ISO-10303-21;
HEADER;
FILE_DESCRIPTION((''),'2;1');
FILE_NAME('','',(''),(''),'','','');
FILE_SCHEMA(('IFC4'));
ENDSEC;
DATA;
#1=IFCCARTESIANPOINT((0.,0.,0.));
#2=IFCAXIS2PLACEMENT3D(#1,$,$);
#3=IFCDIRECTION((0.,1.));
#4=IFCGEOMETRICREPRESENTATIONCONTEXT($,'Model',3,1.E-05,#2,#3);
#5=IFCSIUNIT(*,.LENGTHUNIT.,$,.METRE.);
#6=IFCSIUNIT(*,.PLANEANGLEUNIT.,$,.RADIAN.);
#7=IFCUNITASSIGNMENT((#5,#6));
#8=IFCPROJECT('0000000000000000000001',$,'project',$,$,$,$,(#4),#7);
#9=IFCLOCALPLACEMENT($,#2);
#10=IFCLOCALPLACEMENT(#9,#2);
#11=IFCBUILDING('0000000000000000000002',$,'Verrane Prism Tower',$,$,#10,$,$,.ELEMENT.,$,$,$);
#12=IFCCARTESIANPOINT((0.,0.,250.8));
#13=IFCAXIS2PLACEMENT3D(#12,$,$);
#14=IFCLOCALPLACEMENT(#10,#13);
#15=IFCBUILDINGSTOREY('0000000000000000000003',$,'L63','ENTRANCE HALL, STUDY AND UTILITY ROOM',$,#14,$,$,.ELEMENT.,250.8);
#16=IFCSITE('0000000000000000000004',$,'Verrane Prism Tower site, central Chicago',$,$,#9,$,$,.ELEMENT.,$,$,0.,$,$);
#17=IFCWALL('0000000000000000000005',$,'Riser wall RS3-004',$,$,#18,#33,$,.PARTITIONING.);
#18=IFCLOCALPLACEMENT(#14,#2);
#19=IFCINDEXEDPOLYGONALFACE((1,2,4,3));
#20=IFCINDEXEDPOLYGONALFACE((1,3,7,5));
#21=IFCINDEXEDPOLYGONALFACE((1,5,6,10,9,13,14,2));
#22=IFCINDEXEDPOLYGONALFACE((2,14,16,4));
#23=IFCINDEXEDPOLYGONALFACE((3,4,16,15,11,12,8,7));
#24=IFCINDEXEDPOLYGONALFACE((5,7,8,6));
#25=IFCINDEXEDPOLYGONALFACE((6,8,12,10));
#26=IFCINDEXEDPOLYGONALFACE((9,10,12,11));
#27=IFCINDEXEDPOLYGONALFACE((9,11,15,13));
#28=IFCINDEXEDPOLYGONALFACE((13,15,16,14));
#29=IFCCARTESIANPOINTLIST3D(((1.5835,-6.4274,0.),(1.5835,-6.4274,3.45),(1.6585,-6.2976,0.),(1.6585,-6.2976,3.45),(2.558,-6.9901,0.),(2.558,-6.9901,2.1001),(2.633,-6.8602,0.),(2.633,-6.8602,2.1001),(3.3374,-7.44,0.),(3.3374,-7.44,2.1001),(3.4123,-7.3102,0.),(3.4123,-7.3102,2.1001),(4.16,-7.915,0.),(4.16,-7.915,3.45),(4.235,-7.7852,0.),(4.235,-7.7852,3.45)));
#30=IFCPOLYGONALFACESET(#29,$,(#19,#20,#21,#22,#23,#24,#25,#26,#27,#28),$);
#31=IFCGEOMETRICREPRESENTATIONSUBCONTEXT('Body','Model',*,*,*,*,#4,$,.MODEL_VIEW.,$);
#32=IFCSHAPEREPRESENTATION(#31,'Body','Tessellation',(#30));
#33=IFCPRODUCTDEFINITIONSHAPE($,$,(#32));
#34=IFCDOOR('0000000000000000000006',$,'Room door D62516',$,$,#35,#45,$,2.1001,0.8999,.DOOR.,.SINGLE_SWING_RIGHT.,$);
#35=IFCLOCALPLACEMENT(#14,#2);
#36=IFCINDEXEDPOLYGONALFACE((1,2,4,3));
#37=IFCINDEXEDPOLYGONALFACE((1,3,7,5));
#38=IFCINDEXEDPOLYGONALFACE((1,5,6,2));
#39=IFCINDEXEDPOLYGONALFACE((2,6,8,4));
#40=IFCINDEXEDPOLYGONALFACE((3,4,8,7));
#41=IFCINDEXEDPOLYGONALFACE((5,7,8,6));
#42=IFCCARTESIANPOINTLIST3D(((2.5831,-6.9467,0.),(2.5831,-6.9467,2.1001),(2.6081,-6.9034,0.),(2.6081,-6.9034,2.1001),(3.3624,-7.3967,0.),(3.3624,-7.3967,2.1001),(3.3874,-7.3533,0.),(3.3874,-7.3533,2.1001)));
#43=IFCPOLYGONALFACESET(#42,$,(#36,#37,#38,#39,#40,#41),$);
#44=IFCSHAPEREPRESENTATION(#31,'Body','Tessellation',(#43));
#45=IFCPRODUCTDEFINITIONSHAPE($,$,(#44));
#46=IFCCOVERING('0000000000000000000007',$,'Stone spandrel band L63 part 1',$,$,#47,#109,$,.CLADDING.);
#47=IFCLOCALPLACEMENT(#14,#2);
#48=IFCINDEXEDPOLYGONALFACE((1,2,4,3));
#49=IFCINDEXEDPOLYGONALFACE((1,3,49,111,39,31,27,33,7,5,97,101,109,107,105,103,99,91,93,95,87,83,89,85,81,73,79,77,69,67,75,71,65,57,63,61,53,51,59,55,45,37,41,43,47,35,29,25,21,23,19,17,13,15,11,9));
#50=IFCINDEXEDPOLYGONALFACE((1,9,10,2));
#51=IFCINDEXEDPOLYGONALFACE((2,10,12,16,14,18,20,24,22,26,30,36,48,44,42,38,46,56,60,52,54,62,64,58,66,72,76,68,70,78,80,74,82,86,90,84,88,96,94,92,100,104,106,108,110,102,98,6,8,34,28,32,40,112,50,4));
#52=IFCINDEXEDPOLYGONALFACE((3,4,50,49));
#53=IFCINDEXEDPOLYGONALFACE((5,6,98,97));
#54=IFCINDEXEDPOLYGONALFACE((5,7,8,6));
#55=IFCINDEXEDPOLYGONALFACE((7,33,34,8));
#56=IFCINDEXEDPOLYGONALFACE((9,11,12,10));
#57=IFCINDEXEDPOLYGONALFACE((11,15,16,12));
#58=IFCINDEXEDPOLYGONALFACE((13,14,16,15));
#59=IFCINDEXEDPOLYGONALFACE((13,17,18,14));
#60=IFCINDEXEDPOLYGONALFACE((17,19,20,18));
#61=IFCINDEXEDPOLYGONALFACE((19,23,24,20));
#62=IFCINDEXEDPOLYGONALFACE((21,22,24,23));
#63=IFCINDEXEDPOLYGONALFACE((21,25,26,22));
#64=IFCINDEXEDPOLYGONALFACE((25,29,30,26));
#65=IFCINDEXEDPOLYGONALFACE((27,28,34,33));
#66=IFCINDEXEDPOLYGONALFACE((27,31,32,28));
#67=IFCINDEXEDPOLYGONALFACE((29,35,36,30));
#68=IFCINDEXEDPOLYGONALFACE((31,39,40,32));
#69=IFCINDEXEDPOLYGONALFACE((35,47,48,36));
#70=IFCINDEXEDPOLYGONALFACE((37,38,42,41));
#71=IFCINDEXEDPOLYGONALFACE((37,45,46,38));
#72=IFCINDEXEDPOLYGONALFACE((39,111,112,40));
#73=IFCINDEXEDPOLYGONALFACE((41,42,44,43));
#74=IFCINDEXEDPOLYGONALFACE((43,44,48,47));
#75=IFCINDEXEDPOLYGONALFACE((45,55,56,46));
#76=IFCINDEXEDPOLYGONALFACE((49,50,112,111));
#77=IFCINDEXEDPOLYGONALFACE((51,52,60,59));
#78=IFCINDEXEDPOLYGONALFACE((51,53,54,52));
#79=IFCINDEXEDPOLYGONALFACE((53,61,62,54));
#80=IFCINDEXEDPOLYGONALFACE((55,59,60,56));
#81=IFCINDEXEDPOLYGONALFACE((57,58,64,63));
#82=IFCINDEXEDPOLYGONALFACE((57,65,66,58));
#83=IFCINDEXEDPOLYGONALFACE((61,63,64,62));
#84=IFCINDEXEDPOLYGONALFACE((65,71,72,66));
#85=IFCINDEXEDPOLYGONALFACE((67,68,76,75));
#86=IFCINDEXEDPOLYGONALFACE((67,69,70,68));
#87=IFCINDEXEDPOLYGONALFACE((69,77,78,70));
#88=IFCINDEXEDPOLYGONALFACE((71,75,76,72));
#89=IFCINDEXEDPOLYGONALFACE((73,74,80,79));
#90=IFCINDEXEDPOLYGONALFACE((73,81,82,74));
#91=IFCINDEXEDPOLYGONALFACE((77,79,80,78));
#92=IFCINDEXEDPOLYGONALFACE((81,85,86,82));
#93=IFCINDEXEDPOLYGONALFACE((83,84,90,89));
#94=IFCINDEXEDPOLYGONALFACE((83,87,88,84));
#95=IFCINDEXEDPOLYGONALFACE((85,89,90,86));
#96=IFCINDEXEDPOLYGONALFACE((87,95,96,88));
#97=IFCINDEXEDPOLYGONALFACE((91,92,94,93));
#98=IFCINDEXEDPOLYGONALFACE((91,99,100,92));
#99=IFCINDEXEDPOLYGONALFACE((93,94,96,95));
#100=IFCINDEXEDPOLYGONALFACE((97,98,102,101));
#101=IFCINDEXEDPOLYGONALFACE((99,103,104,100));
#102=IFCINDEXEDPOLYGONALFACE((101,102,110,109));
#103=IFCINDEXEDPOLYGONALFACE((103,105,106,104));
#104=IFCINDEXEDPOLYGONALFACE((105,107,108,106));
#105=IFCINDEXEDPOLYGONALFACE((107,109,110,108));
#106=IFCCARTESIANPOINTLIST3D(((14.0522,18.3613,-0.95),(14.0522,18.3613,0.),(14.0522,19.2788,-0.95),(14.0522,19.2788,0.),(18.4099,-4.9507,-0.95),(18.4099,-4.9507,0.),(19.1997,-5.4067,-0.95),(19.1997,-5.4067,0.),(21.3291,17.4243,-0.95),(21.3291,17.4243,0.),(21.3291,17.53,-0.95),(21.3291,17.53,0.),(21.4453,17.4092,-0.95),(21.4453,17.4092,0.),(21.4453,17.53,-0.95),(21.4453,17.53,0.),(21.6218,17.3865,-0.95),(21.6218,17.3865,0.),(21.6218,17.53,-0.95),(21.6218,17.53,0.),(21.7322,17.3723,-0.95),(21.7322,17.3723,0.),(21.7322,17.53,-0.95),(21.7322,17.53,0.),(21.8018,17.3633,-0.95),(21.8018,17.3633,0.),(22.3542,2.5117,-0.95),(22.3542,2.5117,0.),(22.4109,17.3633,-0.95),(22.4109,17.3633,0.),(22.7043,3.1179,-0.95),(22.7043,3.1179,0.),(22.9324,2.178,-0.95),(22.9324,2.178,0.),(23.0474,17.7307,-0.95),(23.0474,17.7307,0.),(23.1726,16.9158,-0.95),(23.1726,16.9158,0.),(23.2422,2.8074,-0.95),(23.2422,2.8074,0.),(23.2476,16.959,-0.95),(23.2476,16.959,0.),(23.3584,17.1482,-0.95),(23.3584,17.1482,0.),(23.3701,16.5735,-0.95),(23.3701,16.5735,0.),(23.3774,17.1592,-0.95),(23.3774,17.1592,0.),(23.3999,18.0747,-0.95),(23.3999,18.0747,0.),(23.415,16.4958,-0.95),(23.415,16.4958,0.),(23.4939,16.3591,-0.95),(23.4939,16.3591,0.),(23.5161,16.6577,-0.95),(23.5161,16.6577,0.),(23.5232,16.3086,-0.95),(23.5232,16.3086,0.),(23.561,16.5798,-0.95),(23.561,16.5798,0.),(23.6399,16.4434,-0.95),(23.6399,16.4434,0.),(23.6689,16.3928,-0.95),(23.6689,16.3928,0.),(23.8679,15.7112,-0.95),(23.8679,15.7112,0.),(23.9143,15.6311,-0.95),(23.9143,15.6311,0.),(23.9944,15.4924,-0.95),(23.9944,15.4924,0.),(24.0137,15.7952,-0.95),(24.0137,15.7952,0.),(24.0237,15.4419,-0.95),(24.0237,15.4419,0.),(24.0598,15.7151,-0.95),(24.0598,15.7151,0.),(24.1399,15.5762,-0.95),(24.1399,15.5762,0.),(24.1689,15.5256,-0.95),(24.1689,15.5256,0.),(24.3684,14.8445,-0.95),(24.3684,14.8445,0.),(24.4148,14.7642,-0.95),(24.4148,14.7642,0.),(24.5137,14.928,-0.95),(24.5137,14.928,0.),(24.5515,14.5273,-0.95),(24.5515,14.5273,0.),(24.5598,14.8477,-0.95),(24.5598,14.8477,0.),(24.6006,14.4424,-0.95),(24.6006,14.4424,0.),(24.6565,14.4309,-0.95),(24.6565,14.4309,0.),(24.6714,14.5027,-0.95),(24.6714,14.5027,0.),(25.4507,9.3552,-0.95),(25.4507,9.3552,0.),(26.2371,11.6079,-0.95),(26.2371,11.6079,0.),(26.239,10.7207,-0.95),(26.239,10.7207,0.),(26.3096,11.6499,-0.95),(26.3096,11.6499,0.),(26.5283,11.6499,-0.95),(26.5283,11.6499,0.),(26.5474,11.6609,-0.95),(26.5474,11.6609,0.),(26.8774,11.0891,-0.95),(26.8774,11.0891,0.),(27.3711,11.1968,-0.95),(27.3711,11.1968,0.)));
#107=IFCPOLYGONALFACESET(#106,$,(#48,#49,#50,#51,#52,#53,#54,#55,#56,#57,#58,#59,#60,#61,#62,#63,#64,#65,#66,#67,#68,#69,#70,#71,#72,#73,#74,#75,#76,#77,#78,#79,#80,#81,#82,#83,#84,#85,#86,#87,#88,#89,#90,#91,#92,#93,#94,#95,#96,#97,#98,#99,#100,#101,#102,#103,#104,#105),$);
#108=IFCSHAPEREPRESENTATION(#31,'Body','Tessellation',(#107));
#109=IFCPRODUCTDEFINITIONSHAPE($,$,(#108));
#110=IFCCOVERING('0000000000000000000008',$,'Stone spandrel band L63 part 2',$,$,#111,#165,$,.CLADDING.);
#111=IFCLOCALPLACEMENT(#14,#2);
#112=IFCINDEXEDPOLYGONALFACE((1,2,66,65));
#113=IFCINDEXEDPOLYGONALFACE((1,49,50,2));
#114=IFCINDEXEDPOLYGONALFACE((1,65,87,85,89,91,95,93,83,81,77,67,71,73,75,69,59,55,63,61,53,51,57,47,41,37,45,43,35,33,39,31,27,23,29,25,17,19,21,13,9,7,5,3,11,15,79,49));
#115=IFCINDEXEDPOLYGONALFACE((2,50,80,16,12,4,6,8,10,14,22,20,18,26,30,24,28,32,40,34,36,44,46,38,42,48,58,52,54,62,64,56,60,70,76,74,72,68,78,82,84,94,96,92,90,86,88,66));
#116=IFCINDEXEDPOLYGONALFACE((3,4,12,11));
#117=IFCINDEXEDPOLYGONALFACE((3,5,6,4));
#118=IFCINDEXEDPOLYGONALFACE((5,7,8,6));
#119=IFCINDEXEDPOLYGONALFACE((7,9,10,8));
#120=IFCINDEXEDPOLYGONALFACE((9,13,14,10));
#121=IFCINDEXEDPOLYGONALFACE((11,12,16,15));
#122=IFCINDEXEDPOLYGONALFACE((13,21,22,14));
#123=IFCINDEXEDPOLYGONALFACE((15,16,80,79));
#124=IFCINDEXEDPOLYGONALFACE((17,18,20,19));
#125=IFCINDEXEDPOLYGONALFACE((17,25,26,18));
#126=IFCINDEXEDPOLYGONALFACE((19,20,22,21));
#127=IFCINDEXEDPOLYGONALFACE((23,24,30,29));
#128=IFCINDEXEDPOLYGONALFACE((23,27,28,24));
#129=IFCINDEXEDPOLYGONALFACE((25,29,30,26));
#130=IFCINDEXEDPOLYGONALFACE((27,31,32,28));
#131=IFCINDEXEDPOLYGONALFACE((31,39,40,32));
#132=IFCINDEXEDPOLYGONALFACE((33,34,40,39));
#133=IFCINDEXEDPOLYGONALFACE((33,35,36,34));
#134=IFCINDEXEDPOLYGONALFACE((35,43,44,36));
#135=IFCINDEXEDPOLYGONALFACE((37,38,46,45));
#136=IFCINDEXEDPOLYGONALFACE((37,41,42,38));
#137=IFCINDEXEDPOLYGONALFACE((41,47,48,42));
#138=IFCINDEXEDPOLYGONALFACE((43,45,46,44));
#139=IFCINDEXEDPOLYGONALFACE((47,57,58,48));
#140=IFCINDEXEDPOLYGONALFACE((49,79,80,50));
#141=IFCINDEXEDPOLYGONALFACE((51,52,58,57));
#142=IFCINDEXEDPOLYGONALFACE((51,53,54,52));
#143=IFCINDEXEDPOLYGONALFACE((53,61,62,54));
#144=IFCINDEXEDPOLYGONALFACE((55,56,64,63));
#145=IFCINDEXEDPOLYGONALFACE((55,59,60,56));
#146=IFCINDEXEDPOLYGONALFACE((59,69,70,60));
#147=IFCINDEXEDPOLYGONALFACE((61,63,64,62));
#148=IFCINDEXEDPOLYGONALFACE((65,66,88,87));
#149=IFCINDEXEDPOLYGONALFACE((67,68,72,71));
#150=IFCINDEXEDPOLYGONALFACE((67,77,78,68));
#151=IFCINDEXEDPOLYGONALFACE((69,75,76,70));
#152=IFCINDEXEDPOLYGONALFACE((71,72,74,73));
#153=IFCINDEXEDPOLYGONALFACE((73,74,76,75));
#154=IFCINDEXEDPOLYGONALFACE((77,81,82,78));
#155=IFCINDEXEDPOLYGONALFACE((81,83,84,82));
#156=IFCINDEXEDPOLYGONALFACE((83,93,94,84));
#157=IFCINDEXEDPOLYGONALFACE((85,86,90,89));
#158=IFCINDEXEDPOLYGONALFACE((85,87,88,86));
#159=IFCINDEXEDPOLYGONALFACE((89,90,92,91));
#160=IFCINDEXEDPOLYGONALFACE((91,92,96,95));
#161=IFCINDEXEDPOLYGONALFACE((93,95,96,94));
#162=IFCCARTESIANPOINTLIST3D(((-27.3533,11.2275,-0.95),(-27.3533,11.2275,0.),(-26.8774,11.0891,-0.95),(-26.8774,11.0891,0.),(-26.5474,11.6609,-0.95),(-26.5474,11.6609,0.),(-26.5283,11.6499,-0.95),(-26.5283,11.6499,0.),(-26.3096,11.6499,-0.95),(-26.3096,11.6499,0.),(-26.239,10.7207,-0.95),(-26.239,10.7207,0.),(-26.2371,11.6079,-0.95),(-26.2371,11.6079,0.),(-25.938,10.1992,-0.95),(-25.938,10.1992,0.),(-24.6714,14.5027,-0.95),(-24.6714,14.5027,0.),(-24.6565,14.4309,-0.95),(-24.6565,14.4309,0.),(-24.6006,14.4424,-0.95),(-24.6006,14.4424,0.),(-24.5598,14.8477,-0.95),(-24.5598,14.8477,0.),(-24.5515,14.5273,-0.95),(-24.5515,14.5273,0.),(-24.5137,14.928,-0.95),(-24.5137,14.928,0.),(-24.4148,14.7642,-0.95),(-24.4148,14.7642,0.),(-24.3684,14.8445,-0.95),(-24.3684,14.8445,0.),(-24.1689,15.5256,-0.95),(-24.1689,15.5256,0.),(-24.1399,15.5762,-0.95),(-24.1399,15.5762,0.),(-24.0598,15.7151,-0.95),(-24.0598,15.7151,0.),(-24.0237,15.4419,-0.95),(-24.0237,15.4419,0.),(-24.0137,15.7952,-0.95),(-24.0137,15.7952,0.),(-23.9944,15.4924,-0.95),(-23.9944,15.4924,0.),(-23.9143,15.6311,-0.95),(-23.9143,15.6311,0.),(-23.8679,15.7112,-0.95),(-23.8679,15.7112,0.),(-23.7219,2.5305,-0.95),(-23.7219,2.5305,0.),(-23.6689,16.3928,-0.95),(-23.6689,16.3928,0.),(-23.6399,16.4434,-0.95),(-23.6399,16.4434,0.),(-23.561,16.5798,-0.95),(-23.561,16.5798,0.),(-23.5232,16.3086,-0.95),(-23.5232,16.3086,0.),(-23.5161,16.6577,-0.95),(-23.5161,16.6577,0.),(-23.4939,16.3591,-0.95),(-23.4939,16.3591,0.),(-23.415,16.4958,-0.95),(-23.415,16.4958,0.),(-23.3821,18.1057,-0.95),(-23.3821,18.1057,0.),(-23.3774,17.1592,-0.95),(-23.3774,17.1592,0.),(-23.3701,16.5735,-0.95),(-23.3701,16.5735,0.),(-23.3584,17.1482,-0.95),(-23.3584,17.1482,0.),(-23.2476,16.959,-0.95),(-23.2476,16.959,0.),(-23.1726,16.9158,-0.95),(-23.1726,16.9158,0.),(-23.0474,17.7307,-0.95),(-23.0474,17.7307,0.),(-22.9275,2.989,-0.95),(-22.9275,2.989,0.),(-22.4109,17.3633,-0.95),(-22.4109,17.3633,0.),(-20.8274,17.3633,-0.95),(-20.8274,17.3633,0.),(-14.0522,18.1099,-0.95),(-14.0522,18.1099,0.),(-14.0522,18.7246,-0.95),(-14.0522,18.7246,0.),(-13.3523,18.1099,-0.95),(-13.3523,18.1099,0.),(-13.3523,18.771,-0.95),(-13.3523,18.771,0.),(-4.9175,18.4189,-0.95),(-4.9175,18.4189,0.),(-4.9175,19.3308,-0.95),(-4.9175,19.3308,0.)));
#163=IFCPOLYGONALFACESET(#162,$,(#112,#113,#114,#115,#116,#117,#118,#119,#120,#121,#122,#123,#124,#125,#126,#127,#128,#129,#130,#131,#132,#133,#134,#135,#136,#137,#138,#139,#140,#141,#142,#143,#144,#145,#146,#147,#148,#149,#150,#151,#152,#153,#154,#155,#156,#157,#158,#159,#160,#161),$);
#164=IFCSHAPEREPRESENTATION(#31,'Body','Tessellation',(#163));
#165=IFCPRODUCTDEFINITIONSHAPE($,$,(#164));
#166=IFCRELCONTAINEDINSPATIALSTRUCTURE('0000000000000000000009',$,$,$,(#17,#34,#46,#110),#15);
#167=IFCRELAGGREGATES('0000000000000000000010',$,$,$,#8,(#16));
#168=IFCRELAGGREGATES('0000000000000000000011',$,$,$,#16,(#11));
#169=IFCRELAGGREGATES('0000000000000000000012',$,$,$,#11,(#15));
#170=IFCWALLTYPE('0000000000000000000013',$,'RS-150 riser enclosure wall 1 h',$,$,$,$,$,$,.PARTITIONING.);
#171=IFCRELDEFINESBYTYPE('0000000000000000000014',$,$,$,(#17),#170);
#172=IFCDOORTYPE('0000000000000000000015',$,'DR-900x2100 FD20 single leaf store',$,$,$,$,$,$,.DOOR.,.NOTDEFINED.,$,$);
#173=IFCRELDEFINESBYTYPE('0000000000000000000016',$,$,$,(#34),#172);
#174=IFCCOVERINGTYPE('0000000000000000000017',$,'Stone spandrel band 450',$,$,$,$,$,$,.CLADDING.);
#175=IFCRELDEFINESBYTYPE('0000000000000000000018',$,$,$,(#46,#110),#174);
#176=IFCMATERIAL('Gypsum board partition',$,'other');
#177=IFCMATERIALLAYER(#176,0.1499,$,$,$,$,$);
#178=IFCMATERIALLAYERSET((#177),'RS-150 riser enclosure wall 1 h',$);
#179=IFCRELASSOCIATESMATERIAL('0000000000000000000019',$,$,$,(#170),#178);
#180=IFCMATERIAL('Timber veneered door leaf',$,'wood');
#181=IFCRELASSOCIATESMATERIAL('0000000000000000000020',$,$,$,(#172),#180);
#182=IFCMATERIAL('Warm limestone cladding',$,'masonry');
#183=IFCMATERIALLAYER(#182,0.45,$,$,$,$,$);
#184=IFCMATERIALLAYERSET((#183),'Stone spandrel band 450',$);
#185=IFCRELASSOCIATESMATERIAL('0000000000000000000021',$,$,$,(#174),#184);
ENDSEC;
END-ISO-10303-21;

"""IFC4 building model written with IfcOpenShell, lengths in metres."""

from ifc_helpers import new_model, si_unit, direction, frame, frame_2d, origin, place, context, subcontext, project, spatial, polyline, rectangle, outline, extrude, material, layer, layer_set, type_object, element, fill, save


model = new_model("IFC4")

# Units and contexts
model_context = context("Model", 3, precision=1e-05, world=origin(), true_north=direction((0.0, 1.0)))
body_context = subcontext(model_context, "Body", "Model", "MODEL_VIEW")
ifc_project = project(units=[si_unit("LENGTHUNIT", "METRE"), si_unit("PLANEANGLEUNIT", "RADIAN")], contexts=[model_context])

# Site, building, storey
site_placement = place(None, origin())
site = spatial("IfcSite", under=ifc_project, at=site_placement, Name="Verrane Prism Tower site, central Chicago", CompositionType="ELEMENT", RefElevation=0.0)
building_placement = place(site_placement, origin())
building = spatial("IfcBuilding", under=site, at=building_placement, Name="Verrane Prism Tower", CompositionType="ELEMENT")
storey_placement = place(building_placement, frame((0.0, 0.0, 250.8)))
storey = spatial("IfcBuildingStorey", under=building, at=storey_placement, Name="L63", Description="ENTRANCE HALL, STUDY AND UTILITY ROOM", CompositionType="ELEMENT", Elevation=250.8)

# Shared definitions
ifc_material_1 = material(Name="Gypsum board partition", Category="other")
ifc_layer_1 = layer(ifc_material_1, 0.1499)
ifc_layer_set_1 = layer_set([ifc_layer_1], Name="RS-150 riser enclosure wall 1 h")
wall_type_1 = type_object("IfcWallType", Name="RS-150 riser enclosure wall 1 h", PredefinedType="PARTITIONING", material=ifc_layer_set_1)

# Wall, opening, door
wall_1_placement = place(storey_placement, frame((4.1975, -7.8501, 0.0), z_axis=(0.0, 0.0, 1.0), x_axis=(-0.866017, 0.500014, 0.0)))
wall_1 = element("IfcWall", 1, at=wall_1_placement, inside=storey, type_object=wall_type_1, Name="Riser wall RS3-004", PredefinedType="PARTITIONING", context=body_context, shape_type="SweptSolid", body=[
    extrude(rectangle(XDim=2.9751, YDim=0.1499, at=frame_2d((1.4875, 0.0))), origin(), (0.0, 0.0, 1.0), 3.45),
])
opening_1_placement = place(wall_1_placement, frame((0.95, 0.0, 0.0)))
opening_1 = element("IfcOpeningElement", 2, at=opening_1_placement, cuts=wall_1, PredefinedType="OPENING", context=body_context, shape_type="SweptSolid", body=[
    extrude(rectangle(XDim=0.8999, YDim=2.1001, at=frame_2d((0.45, 1.05))), frame((0.0, 0.085, 0.0), z_axis=(0.0, -1.0, 0.0), x_axis=(1.0, 0.0, 0.0)), (0.0, 0.0, 1.0), 0.1699),
])
ifc_material_2 = material(Name="Timber veneered door leaf", Category="wood")
door_type_1 = type_object("IfcDoorType", Name="DR-900x2100 FD20 single leaf store", OperationType="NOTDEFINED", PredefinedType="DOOR", material=ifc_material_2)
door_1_placement = place(opening_1_placement, origin())
door_1 = element("IfcDoor", 3, at=door_1_placement, inside=storey, type_object=door_type_1, Name="Room door D62516", OperationType="SINGLE_SWING_RIGHT", OverallHeight=2.1001, OverallWidth=0.8999, PredefinedType="DOOR", context=body_context, shape_type="SweptSolid", body=[
    extrude(rectangle(XDim=0.8999, YDim=2.1001, at=frame_2d((0.45, 1.05))), frame((0.0, 0.0249, 0.0), z_axis=(0.0, -1.0, 0.0), x_axis=(1.0, 0.0, 0.0)), (0.0, 0.0, 1.0), 0.05),
])
fill(opening_1, door_1)

# Coverings
ifc_material_3 = material(Name="Warm limestone cladding", Category="masonry")
ifc_layer_2 = layer(ifc_material_3, 0.45)
ifc_layer_set_2 = layer_set([ifc_layer_2], Name="Stone spandrel band 450")
covering_type = type_object("IfcCoveringType", Name="Stone spandrel band 450", PredefinedType="CLADDING", material=ifc_layer_set_2)
covering_1_placement = place(storey_placement, frame((0.0, 0.0, -0.95)))
element("IfcCovering", 4, at=covering_1_placement, inside=storey, type_object=covering_type, Name="Stone spandrel band L63 part 1", PredefinedType="CLADDING", context=body_context, shape_type="SweptSolid", body=[
    extrude(outline(polyline([(14.0522, 18.3613), (21.3291, 17.4243), (21.3291, 17.53), (21.4453, 17.53), (21.4453, 17.4092), (21.6218, 17.3865), (21.6218, 17.53), (21.7322, 17.53), (21.7322, 17.3723), (21.8018, 17.3633), (22.4109, 17.3633), (23.0474, 17.7307), (23.3774, 17.1592), (23.3584, 17.1482), (23.2476, 16.959), (23.1726, 16.9158), (23.3701, 16.5735), (23.5161, 16.6577), (23.561, 16.5798), (23.415, 16.4958), (23.4939, 16.3591), (23.6399, 16.4434), (23.6689, 16.3928), (23.5232, 16.3086), (23.8679, 15.7112), (24.0137, 15.7952), (24.0598, 15.7151), (23.9143, 15.6311), (23.9944, 15.4924), (24.1399, 15.5762), (24.1689, 15.5256), (24.0237, 15.4419), (24.3684, 14.8445), (24.5137, 14.928), (24.5598, 14.8477), (24.4148, 14.7642), (24.5515, 14.5273), (24.6714, 14.5027), (24.6565, 14.4309), (24.6006, 14.4424), (26.2371, 11.6079), (26.3096, 11.6499), (26.5283, 11.6499), (26.5474, 11.6609), (26.8774, 11.0891), (26.239, 10.7207), (25.4507, 9.3552), (18.4099, -4.9507), (19.1997, -5.4067), (22.9324, 2.178), (22.3542, 2.5117), (22.7043, 3.1179), (23.2422, 2.8074), (27.3711, 11.1968), (23.3999, 18.0747), (14.0522, 19.2788), (14.0522, 18.3613)])), origin(), (0.0, 0.0, 1.0), 0.95),
])
covering_2_placement = place(storey_placement, frame((0.0, 0.0, -0.95)))
element("IfcCovering", 5, at=covering_2_placement, inside=storey, type_object=covering_type, Name="Stone spandrel band L63 part 2", PredefinedType="CLADDING", context=body_context, shape_type="SweptSolid", body=[
    extrude(outline(polyline([(-22.9275, 2.989), (-25.938, 10.1992), (-26.239, 10.7207), (-26.8774, 11.0891), (-26.5474, 11.6609), (-26.5283, 11.6499), (-26.3096, 11.6499), (-26.2371, 11.6079), (-24.6006, 14.4424), (-24.6565, 14.4309), (-24.6714, 14.5027), (-24.5515, 14.5273), (-24.4148, 14.7642), (-24.5598, 14.8477), (-24.5137, 14.928), (-24.3684, 14.8445), (-24.0237, 15.4419), (-24.1689, 15.5256), (-24.1399, 15.5762), (-23.9944, 15.4924), (-23.9143, 15.6311), (-24.0598, 15.7151), (-24.0137, 15.7952), (-23.8679, 15.7112), (-23.5232, 16.3086), (-23.6689, 16.3928), (-23.6399, 16.4434), (-23.4939, 16.3591), (-23.415, 16.4958), (-23.561, 16.5798), (-23.5161, 16.6577), (-23.3701, 16.5735), (-23.1726, 16.9158), (-23.2476, 16.959), (-23.3584, 17.1482), (-23.3774, 17.1592), (-23.0474, 17.7307), (-22.4109, 17.3633), (-20.8274, 17.3633), (-4.9175, 18.4189), (-4.9175, 19.3308), (-13.3523, 18.771), (-13.3523, 18.1099), (-14.0522, 18.1099), (-14.0522, 18.7246), (-23.3821, 18.1057), (-27.3533, 11.2275), (-23.7219, 2.5305), (-22.9275, 2.989)])), origin(), (0.0, 0.0, 1.0), 0.95),
])

save(model, "model.ifc")
